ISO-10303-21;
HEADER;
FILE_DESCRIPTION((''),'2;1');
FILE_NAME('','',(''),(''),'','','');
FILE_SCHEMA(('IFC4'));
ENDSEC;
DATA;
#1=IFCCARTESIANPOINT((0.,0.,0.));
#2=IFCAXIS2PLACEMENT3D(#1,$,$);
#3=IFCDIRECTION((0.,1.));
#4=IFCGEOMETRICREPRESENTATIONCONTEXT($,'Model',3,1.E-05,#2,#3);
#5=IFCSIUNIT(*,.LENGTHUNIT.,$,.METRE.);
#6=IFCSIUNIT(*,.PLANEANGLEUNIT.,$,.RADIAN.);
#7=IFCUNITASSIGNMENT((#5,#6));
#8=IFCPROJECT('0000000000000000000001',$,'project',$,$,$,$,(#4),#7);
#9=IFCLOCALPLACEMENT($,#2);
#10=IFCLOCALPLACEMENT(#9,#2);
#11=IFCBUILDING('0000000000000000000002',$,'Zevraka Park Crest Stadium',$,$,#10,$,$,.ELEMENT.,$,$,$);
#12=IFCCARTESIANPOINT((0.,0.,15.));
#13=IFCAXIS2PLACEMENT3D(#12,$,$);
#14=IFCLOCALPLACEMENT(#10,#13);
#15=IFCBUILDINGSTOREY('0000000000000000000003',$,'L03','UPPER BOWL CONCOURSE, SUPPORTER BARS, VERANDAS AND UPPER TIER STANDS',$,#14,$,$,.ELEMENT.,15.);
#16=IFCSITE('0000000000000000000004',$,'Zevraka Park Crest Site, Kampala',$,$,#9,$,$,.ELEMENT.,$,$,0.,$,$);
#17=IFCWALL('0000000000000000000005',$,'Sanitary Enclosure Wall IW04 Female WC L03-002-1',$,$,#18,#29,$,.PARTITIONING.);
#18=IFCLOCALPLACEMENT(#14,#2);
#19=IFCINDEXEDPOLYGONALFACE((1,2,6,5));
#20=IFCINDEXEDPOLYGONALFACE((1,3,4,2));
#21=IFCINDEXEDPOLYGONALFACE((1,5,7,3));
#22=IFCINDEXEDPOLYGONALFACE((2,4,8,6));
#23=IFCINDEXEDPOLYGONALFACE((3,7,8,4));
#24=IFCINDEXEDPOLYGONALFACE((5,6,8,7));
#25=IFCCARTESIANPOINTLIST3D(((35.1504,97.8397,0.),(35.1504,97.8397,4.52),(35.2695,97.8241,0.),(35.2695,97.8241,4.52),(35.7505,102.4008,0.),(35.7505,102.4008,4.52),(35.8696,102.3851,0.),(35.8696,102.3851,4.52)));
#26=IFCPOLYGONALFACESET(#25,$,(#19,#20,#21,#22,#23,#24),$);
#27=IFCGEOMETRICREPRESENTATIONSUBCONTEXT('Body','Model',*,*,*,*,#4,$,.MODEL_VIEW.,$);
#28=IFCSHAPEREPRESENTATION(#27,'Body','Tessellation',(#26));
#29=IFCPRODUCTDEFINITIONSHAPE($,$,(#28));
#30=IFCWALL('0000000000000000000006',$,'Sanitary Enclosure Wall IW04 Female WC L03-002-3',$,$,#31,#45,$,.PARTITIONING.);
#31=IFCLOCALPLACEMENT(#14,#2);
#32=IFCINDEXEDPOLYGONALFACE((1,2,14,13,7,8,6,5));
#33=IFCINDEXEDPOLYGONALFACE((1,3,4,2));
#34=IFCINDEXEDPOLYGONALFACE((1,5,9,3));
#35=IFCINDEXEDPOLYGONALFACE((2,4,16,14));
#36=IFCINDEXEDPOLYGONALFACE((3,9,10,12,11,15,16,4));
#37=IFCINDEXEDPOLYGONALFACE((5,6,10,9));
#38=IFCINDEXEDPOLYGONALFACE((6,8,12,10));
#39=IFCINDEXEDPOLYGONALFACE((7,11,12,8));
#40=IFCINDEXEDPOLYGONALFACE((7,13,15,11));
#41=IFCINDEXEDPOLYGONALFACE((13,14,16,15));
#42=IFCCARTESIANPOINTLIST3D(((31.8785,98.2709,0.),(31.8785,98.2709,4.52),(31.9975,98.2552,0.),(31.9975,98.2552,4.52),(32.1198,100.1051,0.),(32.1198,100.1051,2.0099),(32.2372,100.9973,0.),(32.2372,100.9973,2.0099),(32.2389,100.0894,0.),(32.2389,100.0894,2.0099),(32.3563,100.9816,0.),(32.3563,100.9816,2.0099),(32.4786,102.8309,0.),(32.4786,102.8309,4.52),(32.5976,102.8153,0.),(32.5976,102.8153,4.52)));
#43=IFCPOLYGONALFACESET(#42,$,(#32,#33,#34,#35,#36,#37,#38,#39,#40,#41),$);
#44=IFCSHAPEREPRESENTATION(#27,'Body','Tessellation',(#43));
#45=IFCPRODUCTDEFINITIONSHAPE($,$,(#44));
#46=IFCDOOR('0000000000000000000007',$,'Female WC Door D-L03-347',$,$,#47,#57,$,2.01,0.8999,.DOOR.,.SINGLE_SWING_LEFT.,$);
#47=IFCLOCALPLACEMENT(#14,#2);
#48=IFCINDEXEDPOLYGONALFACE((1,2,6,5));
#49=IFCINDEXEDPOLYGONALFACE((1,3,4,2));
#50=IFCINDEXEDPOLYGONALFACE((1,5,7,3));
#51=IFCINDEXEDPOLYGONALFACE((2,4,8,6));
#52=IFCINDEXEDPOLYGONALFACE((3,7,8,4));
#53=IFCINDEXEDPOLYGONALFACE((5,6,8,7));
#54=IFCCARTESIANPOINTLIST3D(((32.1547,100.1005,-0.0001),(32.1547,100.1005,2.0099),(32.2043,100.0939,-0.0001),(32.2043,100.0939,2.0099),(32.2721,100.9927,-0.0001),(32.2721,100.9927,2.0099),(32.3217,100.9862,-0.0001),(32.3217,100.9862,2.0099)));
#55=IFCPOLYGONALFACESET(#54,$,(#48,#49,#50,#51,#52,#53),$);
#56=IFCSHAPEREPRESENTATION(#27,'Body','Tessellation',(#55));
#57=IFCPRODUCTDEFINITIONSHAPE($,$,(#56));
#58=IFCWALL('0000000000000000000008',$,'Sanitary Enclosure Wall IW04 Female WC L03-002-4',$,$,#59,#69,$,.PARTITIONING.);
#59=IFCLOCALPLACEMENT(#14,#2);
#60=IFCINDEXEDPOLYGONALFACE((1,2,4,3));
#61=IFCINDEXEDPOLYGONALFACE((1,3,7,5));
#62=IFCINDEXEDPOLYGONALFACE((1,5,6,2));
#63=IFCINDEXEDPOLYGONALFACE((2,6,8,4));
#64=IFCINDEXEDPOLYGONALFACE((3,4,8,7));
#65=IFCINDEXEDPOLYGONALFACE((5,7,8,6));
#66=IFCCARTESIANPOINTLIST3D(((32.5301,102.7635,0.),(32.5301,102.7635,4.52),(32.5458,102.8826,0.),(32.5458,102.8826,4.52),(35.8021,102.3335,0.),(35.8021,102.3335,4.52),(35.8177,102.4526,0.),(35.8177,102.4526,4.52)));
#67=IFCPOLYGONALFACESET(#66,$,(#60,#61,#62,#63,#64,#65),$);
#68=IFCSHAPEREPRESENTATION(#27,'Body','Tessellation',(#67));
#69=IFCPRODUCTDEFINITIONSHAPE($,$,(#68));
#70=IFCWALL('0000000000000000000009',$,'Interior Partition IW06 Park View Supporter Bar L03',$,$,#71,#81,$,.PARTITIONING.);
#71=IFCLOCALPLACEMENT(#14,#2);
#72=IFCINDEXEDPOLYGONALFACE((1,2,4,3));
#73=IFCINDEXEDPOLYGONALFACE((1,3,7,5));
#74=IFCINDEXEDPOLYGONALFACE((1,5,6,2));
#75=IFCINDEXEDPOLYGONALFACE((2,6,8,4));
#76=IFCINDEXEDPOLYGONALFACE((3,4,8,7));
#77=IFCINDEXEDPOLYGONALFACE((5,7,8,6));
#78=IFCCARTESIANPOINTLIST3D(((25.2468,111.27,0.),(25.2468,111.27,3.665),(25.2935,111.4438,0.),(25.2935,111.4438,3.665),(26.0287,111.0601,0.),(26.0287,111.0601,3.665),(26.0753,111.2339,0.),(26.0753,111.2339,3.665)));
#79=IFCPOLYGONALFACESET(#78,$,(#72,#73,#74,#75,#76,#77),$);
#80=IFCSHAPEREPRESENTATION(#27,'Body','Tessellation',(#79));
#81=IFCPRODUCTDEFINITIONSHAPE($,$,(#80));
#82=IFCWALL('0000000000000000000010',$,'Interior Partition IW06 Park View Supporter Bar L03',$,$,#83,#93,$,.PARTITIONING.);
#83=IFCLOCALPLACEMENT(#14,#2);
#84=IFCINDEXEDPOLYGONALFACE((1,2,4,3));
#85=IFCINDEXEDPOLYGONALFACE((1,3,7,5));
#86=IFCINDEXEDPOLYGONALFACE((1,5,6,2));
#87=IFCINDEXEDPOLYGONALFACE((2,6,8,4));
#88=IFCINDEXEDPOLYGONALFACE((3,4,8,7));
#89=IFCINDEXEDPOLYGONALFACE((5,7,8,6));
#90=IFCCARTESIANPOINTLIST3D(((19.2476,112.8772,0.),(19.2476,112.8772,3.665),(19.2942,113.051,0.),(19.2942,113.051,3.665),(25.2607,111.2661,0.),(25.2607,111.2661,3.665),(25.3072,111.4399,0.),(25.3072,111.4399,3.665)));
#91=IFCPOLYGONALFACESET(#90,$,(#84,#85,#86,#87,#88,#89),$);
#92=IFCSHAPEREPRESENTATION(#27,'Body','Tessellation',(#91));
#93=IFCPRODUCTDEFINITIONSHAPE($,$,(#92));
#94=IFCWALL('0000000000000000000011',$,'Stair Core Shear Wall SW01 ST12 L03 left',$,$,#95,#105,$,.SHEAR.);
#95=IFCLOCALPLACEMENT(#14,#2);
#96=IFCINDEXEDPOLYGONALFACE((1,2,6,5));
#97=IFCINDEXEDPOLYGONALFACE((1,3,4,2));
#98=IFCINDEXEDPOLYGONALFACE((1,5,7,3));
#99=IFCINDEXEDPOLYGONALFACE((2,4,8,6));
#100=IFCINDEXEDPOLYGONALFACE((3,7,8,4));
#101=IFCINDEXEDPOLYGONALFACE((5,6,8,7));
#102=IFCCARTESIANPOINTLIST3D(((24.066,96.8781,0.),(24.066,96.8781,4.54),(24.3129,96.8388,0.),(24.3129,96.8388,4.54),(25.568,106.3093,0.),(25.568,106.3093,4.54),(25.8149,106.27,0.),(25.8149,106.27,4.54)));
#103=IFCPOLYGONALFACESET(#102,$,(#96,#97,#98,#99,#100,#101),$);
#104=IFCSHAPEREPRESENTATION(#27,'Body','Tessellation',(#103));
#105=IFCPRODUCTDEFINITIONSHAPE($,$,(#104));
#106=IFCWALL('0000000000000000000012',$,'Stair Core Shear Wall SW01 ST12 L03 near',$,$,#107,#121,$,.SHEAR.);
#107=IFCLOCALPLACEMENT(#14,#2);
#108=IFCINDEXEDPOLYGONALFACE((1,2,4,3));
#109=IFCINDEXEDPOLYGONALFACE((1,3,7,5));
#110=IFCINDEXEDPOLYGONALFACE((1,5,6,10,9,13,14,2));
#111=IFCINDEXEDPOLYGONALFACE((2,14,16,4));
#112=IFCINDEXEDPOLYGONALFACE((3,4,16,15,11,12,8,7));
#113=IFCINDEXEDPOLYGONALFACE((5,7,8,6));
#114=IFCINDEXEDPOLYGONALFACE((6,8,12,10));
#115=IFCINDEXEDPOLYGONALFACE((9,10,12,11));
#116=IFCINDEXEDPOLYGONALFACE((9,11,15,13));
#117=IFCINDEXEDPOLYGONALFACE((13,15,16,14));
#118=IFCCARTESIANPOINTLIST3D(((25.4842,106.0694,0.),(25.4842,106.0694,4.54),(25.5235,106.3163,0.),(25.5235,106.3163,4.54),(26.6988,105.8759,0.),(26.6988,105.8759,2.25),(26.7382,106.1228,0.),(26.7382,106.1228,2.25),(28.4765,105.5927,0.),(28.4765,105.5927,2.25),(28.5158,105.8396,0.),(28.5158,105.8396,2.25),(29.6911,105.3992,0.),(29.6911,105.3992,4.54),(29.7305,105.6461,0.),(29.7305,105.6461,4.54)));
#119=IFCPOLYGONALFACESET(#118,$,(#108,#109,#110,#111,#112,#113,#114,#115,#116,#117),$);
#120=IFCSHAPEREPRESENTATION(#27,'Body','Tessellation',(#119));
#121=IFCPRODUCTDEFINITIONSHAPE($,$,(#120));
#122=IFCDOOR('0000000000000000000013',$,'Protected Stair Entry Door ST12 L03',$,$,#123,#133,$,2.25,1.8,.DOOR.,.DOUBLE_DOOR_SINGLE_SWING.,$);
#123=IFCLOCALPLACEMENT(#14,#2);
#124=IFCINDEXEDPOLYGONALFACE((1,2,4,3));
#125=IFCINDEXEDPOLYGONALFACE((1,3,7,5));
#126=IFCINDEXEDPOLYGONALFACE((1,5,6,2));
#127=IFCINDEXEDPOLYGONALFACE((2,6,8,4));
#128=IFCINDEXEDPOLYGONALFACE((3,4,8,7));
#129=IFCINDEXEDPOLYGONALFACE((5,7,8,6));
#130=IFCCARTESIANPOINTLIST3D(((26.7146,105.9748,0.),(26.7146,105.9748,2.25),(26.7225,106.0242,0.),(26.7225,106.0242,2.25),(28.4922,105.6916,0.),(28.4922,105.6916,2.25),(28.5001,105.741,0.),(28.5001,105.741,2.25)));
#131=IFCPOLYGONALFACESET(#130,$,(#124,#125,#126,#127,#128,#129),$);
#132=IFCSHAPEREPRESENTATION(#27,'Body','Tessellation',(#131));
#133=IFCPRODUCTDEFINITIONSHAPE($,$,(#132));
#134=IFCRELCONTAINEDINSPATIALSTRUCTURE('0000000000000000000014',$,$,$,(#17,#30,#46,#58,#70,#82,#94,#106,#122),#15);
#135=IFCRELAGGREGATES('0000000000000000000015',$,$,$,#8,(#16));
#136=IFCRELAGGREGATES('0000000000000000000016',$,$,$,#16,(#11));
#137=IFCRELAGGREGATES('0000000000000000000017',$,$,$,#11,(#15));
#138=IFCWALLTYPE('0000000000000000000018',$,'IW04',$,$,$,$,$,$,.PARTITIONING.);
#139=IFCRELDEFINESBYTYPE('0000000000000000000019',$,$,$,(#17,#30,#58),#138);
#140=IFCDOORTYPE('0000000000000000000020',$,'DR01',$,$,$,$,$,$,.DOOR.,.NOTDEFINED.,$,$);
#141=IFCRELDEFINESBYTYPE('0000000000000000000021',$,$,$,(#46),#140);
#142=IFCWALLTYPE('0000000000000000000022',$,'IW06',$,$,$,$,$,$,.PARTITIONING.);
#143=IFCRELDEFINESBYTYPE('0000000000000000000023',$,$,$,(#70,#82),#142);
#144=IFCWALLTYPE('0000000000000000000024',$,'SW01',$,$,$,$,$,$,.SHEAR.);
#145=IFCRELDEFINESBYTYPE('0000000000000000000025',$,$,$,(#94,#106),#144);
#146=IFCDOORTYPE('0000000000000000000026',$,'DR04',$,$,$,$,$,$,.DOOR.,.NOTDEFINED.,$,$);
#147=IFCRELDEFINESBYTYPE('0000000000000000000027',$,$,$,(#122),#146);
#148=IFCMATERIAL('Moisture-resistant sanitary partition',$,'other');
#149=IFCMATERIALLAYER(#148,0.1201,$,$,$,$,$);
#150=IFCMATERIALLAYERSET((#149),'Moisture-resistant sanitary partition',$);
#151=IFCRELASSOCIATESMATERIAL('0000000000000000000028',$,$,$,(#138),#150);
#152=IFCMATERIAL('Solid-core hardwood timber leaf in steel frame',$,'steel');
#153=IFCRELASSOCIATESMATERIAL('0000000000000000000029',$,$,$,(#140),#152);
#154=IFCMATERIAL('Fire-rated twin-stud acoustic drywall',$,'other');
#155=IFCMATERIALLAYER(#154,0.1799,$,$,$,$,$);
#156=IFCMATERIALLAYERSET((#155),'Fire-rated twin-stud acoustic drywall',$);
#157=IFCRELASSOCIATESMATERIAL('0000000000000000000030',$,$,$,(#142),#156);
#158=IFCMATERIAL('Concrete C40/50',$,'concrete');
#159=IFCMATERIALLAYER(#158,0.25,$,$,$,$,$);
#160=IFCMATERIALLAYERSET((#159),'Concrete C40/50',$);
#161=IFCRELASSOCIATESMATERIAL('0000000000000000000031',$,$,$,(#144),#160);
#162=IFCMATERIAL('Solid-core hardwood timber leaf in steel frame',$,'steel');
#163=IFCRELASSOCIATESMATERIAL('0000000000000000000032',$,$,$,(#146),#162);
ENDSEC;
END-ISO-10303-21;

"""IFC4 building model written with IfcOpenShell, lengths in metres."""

from ifc_helpers import new_model, si_unit, direction, frame, frame_2d, origin, place, context, subcontext, project, spatial, rectangle, extrude, material, layer, layer_set, type_object, element, fill, save


model = new_model("IFC4")

# Units and contexts
model_context = context("Model", 3, precision=1e-05, world=origin(), true_north=direction((0.0, 1.0)))
body_context = subcontext(model_context, "Body", "Model", "MODEL_VIEW")
ifc_project = project(units=[si_unit("LENGTHUNIT", "METRE"), si_unit("PLANEANGLEUNIT", "RADIAN")], contexts=[model_context])

# Site, building, storey
site_placement = place(None, origin())
site = spatial("IfcSite", under=ifc_project, at=site_placement, Name="Zevraka Park Crest Site, Kampala", CompositionType="ELEMENT", RefElevation=0.0)
building_placement = place(site_placement, origin())
building = spatial("IfcBuilding", under=site, at=building_placement, Name="Zevraka Park Crest Stadium", CompositionType="ELEMENT")
storey_placement = place(building_placement, frame((0.0, 0.0, 15.0)))
storey = spatial("IfcBuildingStorey", under=building, at=storey_placement, Name="L03", Description="UPPER BOWL CONCOURSE, SUPPORTER BARS, VERANDAS AND UPPER TIER STANDS", CompositionType="ELEMENT", Elevation=15.0)

# Wall
ifc_material_1 = material(Name="Moisture-resistant sanitary partition", Category="other")
ifc_layer_1 = layer(ifc_material_1, 0.1201)
ifc_layer_set_1 = layer_set([ifc_layer_1], Name="Moisture-resistant sanitary partition")
wall_type_1 = type_object("IfcWallType", Name="IW04", PredefinedType="PARTITIONING", material=ifc_layer_set_1)
wall_1_placement = place(storey_placement, frame((35.8101, 102.3931, 0.0), z_axis=(0.0, 0.0, 1.0), x_axis=(-0.130446, -0.991455, 0.0)))
element("IfcWall", 1, at=wall_1_placement, inside=storey, type_object=wall_type_1, Name="Sanitary Enclosure Wall IW04 Female WC L03-002-1", PredefinedType="PARTITIONING", context=body_context, shape_type="SweptSolid", body=[
    extrude(rectangle(XDim=4.6003, YDim=0.1201, at=frame_2d((2.3003, 0.0))), origin(), (0.0, 0.0, 1.0), 4.52),
])

# Wall, opening, door
wall_2_placement = place(storey_placement, frame((31.938, 98.2629, 0.0), z_axis=(0.0, 0.0, 1.0), x_axis=(0.130474, 0.991452, 0.0)))
wall_2 = element("IfcWall", 2, at=wall_2_placement, inside=storey, type_object=wall_type_1, Name="Sanitary Enclosure Wall IW04 Female WC L03-002-3", PredefinedType="PARTITIONING", context=body_context, shape_type="SweptSolid", body=[
    extrude(rectangle(XDim=4.5994, YDim=0.1201, at=frame_2d((2.2998, 0.0))), origin(), (0.0, 0.0, 1.0), 4.52),
])
opening_1_placement = place(wall_2_placement, frame((1.8501, 0.0, 0.0)))
opening_1 = element("IfcOpeningElement", 3, at=opening_1_placement, cuts=wall_2, PredefinedType="OPENING", context=body_context, shape_type="SweptSolid", body=[
    extrude(rectangle(XDim=0.8999, YDim=2.01, at=frame_2d((0.45, 1.0049))), frame((0.0, 0.0701, 0.0), z_axis=(0.0, -1.0, 0.0), x_axis=(1.0, 0.0, 0.0)), (0.0, 0.0, 1.0), 0.1401),
])
ifc_material_2 = material(Name="Solid-core hardwood timber leaf in steel frame", Category="steel")
door_type_1 = type_object("IfcDoorType", Name="DR01", OperationType="NOTDEFINED", PredefinedType="DOOR", material=ifc_material_2)
door_1_placement = place(opening_1_placement, origin())
door_1 = element("IfcDoor", 4, at=door_1_placement, inside=storey, type_object=door_type_1, Name="Female WC Door D-L03-347", OperationType="SINGLE_SWING_LEFT", OverallHeight=2.01, OverallWidth=0.8999, PredefinedType="DOOR", context=body_context, shape_type="SweptSolid", body=[
    extrude(rectangle(XDim=0.8999, YDim=2.01, at=frame_2d((0.45, 1.0049))), frame((0.0, 0.0249, 0.0), z_axis=(0.0, -1.0, 0.0), x_axis=(1.0, 0.0, 0.0)), (0.0, 0.0, 1.0), 0.05),
])
fill(opening_1, door_1)

# Walls
wall_3_placement = place(storey_placement, frame((32.5381, 102.823, 0.0), z_axis=(0.0, 0.0, 1.0), x_axis=(0.991477, -0.130278, 0.0)))
element("IfcWall", 5, at=wall_3_placement, inside=storey, type_object=wall_type_1, Name="Sanitary Enclosure Wall IW04 Female WC L03-002-4", PredefinedType="PARTITIONING", context=body_context, shape_type="SweptSolid", body=[
    extrude(rectangle(XDim=3.3, YDim=0.1201, at=frame_2d((1.6499, 0.0))), origin(), (0.0, 0.0, 1.0), 4.52),
])
ifc_material_3 = material(Name="Fire-rated twin-stud acoustic drywall", Category="other")
ifc_layer_2 = layer(ifc_material_3, 0.1799)
ifc_layer_set_2 = layer_set([ifc_layer_2], Name="Fire-rated twin-stud acoustic drywall")
wall_type_2 = type_object("IfcWallType", Name="IW06", PredefinedType="PARTITIONING", material=ifc_layer_set_2)
wall_4_placement = place(storey_placement, frame((26.052, 111.147, 0.0), z_axis=(0.0, 0.0, 1.0), x_axis=(-0.965793, 0.259314, 0.0)))
element("IfcWall", 6, at=wall_4_placement, inside=storey, type_object=wall_type_2, Name="Interior Partition IW06 Park View Supporter Bar L03", PredefinedType="PARTITIONING", context=body_context, shape_type="SweptSolid", body=[
    extrude(rectangle(XDim=0.8096, YDim=0.1799, at=frame_2d((0.4048, 0.0))), origin(), (0.0, 0.0, 1.0), 3.665),
])
wall_5_placement = place(storey_placement, frame((25.2839, 111.353, 0.0), z_axis=(0.0, 0.0, 1.0), x_axis=(-0.965929, 0.258807, 0.0)))
element("IfcWall", 7, at=wall_5_placement, inside=storey, type_object=wall_type_2, Name="Interior Partition IW06 Park View Supporter Bar L03", PredefinedType="PARTITIONING", context=body_context, shape_type="SweptSolid", body=[
    extrude(rectangle(XDim=6.2251, YDim=0.1799, at=frame_2d((3.1125, 0.0))), origin(), (0.0, 0.0, 1.0), 3.665),
])
ifc_material_4 = material(Name="Concrete C40/50", Category="concrete")
ifc_layer_3 = layer(ifc_material_4, 0.25)
ifc_layer_set_3 = layer_set([ifc_layer_3], Name="Concrete C40/50")
wall_type_3 = type_object("IfcWallType", Name="SW01", PredefinedType="SHEAR", material=ifc_layer_set_3)
wall_6_placement = place(storey_placement, frame((25.6914, 106.2896, 0.0), z_axis=(0.0, 0.0, 1.0), x_axis=(-0.157273, -0.987555, 0.0)))
element("IfcWall", 8, at=wall_6_placement, inside=storey, type_object=wall_type_3, Name="Stair Core Shear Wall SW01 ST12 L03 left", PredefinedType="SHEAR", context=body_context, shape_type="SweptSolid", body=[
    extrude(rectangle(XDim=9.55, YDim=0.25, at=frame_2d((4.7749, 0.0))), origin(), (0.0, 0.0, 1.0), 4.54),
])

# Wall, opening, door
wall_7_placement = place(storey_placement, frame((29.7107, 105.5227, 0.0), z_axis=(0.0, 0.0, 1.0), x_axis=(-0.987549, 0.157313, 0.0)))
wall_7 = element("IfcWall", 9, at=wall_7_placement, inside=storey, type_object=wall_type_3, Name="Stair Core Shear Wall SW01 ST12 L03 near", PredefinedType="SHEAR", context=body_context, shape_type="SweptSolid", body=[
    extrude(rectangle(XDim=4.26, YDim=0.25, at=frame_2d((2.1299, 0.0))), origin(), (0.0, 0.0, 1.0), 4.54),
])
opening_2_placement = place(wall_7_placement, frame((1.23, 0.0, 0.0)))
opening_2 = element("IfcOpeningElement", 10, at=opening_2_placement, cuts=wall_7, PredefinedType="OPENING", context=body_context, shape_type="SweptSolid", body=[
    extrude(rectangle(XDim=1.8, YDim=2.25, at=frame_2d((0.8999, 1.125))), frame((0.0, 0.135, 0.0), z_axis=(0.0, -1.0, 0.0), x_axis=(1.0, 0.0, 0.0)), (0.0, 0.0, 1.0), 0.27),
])
ifc_material_5 = material(Name="Solid-core hardwood timber leaf in steel frame", Category="steel")
door_type_2 = type_object("IfcDoorType", Name="DR04", OperationType="NOTDEFINED", PredefinedType="DOOR", material=ifc_material_5)
door_2_placement = place(opening_2_placement, origin())
door_2 = element("IfcDoor", 11, at=door_2_placement, inside=storey, type_object=door_type_2, Name="Protected Stair Entry Door ST12 L03", OperationType="DOUBLE_DOOR_SINGLE_SWING", OverallHeight=2.25, OverallWidth=1.8, PredefinedType="DOOR", context=body_context, shape_type="SweptSolid", body=[
    extrude(rectangle(XDim=1.8, YDim=2.25, at=frame_2d((0.8999, 1.125))), frame((0.0, 0.0249, 0.0), z_axis=(0.0, -1.0, 0.0), x_axis=(1.0, 0.0, 0.0)), (0.0, 0.0, 1.0), 0.05),
])
fill(opening_2, door_2)

save(model, "model.ifc")
